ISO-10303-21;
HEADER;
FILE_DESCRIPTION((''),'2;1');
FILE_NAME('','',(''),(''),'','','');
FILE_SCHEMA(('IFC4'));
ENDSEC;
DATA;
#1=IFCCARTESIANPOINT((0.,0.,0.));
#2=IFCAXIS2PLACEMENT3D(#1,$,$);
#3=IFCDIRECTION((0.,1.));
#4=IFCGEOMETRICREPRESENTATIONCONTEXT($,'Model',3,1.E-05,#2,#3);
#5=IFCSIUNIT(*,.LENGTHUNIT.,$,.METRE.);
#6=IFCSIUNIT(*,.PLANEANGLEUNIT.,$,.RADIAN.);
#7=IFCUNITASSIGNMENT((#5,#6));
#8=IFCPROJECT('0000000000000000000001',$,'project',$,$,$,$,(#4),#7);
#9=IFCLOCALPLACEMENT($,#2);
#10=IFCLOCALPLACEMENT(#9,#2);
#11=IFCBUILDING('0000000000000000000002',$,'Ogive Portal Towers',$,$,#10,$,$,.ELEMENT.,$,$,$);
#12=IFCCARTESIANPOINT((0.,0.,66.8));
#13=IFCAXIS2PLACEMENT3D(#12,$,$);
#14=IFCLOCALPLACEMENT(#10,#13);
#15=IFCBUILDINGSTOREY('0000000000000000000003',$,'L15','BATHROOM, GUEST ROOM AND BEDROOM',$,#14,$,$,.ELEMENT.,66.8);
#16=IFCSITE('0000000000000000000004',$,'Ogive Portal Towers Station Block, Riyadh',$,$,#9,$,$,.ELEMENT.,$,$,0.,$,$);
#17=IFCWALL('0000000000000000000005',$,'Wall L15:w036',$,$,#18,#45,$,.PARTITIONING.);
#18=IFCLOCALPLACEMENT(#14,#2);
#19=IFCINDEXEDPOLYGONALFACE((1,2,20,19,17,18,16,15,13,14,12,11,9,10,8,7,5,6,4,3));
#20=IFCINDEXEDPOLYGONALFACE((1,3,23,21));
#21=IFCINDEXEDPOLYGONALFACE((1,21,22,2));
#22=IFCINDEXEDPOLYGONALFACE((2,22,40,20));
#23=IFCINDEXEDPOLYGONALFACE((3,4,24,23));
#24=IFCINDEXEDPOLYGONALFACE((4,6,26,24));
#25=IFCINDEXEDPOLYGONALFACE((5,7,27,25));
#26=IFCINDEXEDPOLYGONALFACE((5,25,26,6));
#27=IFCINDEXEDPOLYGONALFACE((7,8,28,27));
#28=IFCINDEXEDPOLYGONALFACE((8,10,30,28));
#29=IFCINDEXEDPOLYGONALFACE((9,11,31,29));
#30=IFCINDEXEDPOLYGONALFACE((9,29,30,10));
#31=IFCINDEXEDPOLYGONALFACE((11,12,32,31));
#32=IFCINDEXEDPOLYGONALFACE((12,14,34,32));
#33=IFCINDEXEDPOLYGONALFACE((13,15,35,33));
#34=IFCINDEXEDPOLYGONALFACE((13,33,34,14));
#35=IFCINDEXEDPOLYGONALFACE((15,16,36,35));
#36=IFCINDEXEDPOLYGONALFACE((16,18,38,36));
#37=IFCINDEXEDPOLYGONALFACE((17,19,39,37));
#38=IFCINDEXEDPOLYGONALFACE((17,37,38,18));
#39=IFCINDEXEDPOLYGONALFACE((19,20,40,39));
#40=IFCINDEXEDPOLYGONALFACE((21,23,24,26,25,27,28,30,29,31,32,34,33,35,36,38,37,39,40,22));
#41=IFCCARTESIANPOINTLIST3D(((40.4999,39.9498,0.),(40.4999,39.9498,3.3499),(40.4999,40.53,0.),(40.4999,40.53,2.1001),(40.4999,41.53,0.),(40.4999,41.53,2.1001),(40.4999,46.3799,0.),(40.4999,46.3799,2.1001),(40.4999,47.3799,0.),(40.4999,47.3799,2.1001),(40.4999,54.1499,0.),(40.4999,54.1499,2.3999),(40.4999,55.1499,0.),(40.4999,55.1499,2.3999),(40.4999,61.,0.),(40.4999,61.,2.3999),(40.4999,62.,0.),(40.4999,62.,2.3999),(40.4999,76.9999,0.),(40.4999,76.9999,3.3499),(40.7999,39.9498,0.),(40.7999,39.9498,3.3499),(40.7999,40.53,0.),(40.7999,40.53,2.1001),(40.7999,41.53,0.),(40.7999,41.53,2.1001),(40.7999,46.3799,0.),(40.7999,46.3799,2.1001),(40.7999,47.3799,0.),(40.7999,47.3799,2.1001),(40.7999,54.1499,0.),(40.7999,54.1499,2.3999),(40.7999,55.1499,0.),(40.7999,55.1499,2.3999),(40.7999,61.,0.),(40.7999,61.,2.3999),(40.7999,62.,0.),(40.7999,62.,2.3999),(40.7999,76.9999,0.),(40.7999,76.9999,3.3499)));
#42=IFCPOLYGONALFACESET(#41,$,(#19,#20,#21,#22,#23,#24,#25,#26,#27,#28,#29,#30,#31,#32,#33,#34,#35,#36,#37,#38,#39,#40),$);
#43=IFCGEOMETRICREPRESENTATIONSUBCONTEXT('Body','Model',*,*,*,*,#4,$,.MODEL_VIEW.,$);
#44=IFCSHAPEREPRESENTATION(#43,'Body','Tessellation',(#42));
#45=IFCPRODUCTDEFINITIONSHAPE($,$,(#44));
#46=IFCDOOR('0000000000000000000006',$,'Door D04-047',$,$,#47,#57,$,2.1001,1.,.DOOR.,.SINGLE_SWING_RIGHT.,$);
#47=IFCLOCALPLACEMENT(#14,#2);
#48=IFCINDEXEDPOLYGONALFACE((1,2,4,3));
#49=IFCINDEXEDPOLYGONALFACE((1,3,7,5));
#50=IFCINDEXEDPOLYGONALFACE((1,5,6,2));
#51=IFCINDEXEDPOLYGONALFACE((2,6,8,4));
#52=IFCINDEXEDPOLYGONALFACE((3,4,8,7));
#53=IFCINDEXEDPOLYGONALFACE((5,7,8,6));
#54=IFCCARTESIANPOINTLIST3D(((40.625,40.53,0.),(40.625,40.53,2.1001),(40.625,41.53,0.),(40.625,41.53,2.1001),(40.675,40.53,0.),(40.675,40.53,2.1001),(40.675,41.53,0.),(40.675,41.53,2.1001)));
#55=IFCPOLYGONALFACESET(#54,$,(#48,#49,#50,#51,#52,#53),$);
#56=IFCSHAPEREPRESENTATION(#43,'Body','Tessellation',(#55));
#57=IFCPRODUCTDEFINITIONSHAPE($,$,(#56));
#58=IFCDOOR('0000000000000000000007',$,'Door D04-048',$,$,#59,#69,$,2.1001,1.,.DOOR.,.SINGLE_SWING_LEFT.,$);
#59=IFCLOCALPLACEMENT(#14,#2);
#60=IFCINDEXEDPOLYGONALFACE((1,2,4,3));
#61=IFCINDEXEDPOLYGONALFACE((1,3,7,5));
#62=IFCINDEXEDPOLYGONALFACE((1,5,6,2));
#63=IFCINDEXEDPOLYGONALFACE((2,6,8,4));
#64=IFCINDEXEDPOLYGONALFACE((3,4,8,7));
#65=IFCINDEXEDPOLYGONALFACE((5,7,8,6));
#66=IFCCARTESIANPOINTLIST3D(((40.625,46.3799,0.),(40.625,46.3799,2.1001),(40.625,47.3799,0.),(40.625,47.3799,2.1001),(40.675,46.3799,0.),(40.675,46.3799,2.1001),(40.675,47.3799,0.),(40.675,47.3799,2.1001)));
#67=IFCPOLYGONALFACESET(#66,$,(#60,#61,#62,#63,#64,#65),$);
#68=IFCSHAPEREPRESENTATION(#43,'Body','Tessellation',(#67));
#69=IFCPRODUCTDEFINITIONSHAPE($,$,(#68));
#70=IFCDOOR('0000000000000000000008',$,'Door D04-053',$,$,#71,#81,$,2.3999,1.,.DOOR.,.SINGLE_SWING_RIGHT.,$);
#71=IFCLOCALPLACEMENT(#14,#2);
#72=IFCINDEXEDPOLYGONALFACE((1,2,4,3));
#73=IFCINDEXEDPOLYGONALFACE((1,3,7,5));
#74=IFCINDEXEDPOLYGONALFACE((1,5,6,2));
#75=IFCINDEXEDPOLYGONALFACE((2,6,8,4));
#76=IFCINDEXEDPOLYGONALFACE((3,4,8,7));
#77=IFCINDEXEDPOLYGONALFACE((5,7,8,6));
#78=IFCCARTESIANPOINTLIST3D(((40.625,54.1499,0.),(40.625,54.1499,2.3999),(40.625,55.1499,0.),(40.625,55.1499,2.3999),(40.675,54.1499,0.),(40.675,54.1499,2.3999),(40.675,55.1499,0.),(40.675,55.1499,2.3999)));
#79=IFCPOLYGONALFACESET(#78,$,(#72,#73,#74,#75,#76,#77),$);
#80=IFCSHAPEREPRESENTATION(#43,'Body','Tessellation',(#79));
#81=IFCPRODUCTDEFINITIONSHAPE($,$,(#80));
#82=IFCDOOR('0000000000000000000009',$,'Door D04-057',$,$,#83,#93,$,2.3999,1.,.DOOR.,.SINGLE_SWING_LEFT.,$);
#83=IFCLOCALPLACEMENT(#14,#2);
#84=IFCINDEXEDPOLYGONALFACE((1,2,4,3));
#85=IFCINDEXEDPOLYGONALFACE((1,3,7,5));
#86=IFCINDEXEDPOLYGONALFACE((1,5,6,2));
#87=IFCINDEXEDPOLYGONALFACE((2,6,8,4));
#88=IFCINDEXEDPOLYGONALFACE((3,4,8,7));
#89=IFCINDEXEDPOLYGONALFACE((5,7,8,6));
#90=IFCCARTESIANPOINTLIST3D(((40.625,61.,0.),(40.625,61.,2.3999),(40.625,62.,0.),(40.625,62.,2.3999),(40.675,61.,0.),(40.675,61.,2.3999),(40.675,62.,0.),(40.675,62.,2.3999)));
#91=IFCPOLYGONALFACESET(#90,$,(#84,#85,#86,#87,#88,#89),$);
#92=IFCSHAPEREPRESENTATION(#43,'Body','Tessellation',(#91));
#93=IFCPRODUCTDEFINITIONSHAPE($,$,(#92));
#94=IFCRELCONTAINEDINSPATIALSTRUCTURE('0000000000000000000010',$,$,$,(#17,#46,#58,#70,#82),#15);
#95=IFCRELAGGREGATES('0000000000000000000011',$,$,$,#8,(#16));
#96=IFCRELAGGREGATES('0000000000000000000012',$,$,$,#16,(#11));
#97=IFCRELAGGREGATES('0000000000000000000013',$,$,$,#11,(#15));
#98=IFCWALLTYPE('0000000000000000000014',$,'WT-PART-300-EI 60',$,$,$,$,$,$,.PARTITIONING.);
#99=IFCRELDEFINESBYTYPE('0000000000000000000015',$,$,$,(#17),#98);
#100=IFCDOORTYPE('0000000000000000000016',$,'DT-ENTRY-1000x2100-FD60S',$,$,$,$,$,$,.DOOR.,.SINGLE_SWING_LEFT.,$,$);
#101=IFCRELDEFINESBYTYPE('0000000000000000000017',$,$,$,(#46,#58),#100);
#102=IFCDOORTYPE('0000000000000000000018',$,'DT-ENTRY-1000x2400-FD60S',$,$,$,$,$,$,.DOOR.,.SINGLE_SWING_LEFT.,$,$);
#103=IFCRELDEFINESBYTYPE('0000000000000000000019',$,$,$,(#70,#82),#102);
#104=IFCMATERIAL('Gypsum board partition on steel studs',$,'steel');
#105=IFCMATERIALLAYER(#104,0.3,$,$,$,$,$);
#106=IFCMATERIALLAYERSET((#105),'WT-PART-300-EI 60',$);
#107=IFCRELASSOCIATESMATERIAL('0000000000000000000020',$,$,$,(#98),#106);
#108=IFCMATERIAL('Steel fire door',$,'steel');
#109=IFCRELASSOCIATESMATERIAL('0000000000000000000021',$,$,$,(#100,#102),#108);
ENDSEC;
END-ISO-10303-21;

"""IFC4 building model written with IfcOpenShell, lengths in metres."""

from ifc_helpers import new_model, si_unit, direction, frame, frame_2d, origin, place, context, subcontext, project, spatial, rectangle, extrude, material, layer, layer_set, type_object, element, fill, save


model = new_model("IFC4")

# Units and contexts
model_context = context("Model", 3, precision=1e-05, world=origin(), true_north=direction((0.0, 1.0)))
body_context = subcontext(model_context, "Body", "Model", "MODEL_VIEW")
ifc_project = project(units=[si_unit("LENGTHUNIT", "METRE"), si_unit("PLANEANGLEUNIT", "RADIAN")], contexts=[model_context])

# Site, building, storey
site_placement = place(None, origin())
site = spatial("IfcSite", under=ifc_project, at=site_placement, Name="Ogive Portal Towers Station Block, Riyadh", CompositionType="ELEMENT", RefElevation=0.0)
building_placement = place(site_placement, origin())
building = spatial("IfcBuilding", under=site, at=building_placement, Name="Ogive Portal Towers", CompositionType="ELEMENT")
storey_placement = place(building_placement, frame((0.0, 0.0, 66.8)))
storey = spatial("IfcBuildingStorey", under=building, at=storey_placement, Name="L15", Description="BATHROOM, GUEST ROOM AND BEDROOM", CompositionType="ELEMENT", Elevation=66.8)

# Shared definitions
ifc_material_1 = material(Name="Steel fire door", Category="steel")

# Shared definitions
ifc_material_2 = material(Name="Gypsum board partition on steel studs", Category="steel")
ifc_layer_1 = layer(ifc_material_2, 0.3)
ifc_layer_set_1 = layer_set([ifc_layer_1], Name="WT-PART-300-EI 60")
wall_type_1 = type_object("IfcWallType", Name="WT-PART-300-EI 60", PredefinedType="PARTITIONING", material=ifc_layer_set_1)

# Wall, openings, doors
wall_1_placement = place(storey_placement, frame((40.6499, 39.95, 0.0), z_axis=(0.0, 0.0, 1.0), x_axis=(0.0, 1.0, 0.0)))
wall_1 = element("IfcWall", 1, at=wall_1_placement, inside=storey, type_object=wall_type_1, Name="Wall L15:w036", PredefinedType="PARTITIONING", context=body_context, shape_type="SweptSolid", body=[
    extrude(rectangle(XDim=37.05, YDim=0.3, at=frame_2d((18.5249, 0.0))), origin(), (0.0, 0.0, 1.0), 3.3499),
])
opening_1_placement = place(wall_1_placement, frame((0.5801, 0.0, 0.0)))
opening_1 = element("IfcOpeningElement", 2, at=opening_1_placement, cuts=wall_1, PredefinedType="OPENING", context=body_context, shape_type="SweptSolid", body=[
    extrude(rectangle(XDim=1.0, YDim=2.1001, at=frame_2d((0.5, 1.05))), frame((0.0, 0.1602, 0.0), z_axis=(0.0, -1.0, 0.0), x_axis=(1.0, 0.0, 0.0)), (0.0, 0.0, 1.0), 0.3201),
])
opening_2_placement = place(wall_1_placement, frame((6.4299, 0.0, 0.0)))
opening_2 = element("IfcOpeningElement", 3, at=opening_2_placement, cuts=wall_1, PredefinedType="OPENING", context=body_context, shape_type="SweptSolid", body=[
    extrude(rectangle(XDim=1.0, YDim=2.1001, at=frame_2d((0.5, 1.05))), frame((0.0, 0.1602, 0.0), z_axis=(0.0, -1.0, 0.0), x_axis=(1.0, 0.0, 0.0)), (0.0, 0.0, 1.0), 0.3201),
])
opening_3_placement = place(wall_1_placement, frame((14.2, 0.0, 0.0)))
opening_3 = element("IfcOpeningElement", 4, at=opening_3_placement, cuts=wall_1, PredefinedType="OPENING", context=body_context, shape_type="SweptSolid", body=[
    extrude(rectangle(XDim=1.0, YDim=2.3999, at=frame_2d((0.5, 1.2))), frame((0.0, 0.1602, 0.0), z_axis=(0.0, -1.0, 0.0), x_axis=(1.0, 0.0, 0.0)), (0.0, 0.0, 1.0), 0.3201),
])
opening_4_placement = place(wall_1_placement, frame((21.05, 0.0, 0.0)))
opening_4 = element("IfcOpeningElement", 5, at=opening_4_placement, cuts=wall_1, PredefinedType="OPENING", context=body_context, shape_type="SweptSolid", body=[
    extrude(rectangle(XDim=1.0, YDim=2.3999, at=frame_2d((0.5, 1.2))), frame((0.0, 0.1602, 0.0), z_axis=(0.0, -1.0, 0.0), x_axis=(1.0, 0.0, 0.0)), (0.0, 0.0, 1.0), 0.3201),
])
door_type_1 = type_object("IfcDoorType", Name="DT-ENTRY-1000x2100-FD60S", OperationType="SINGLE_SWING_LEFT", PredefinedType="DOOR", material=ifc_material_1)
door_1_placement = place(opening_1_placement, origin())
door_1 = element("IfcDoor", 6, at=door_1_placement, inside=storey, type_object=door_type_1, Name="Door D04-047", OperationType="SINGLE_SWING_RIGHT", OverallHeight=2.1001, OverallWidth=1.0, PredefinedType="DOOR", context=body_context, shape_type="SweptSolid", body=[
    extrude(rectangle(XDim=1.0, YDim=2.1001, at=frame_2d((0.5, 1.05))), frame((0.0, 0.0249, 0.0), z_axis=(0.0, -1.0, 0.0), x_axis=(1.0, 0.0, 0.0)), (0.0, 0.0, 1.0), 0.05),
])
fill(opening_1, door_1)
door_2_placement = place(opening_2_placement, origin())
door_2 = element("IfcDoor", 7, at=door_2_placement, inside=storey, type_object=door_type_1, Name="Door D04-048", OperationType="SINGLE_SWING_LEFT", OverallHeight=2.1001, OverallWidth=1.0, PredefinedType="DOOR", context=body_context, shape_type="SweptSolid", body=[
    extrude(rectangle(XDim=1.0, YDim=2.1001, at=frame_2d((0.5, 1.05))), frame((0.0, 0.0249, 0.0), z_axis=(0.0, -1.0, 0.0), x_axis=(1.0, 0.0, 0.0)), (0.0, 0.0, 1.0), 0.05),
])
fill(opening_2, door_2)
door_type_2 = type_object("IfcDoorType", Name="DT-ENTRY-1000x2400-FD60S", OperationType="SINGLE_SWING_LEFT", PredefinedType="DOOR", material=ifc_material_1)
door_3_placement = place(opening_3_placement, origin())
door_3 = element("IfcDoor", 8, at=door_3_placement, inside=storey, type_object=door_type_2, Name="Door D04-053", OperationType="SINGLE_SWING_RIGHT", OverallHeight=2.3999, OverallWidth=1.0, PredefinedType="DOOR", context=body_context, shape_type="SweptSolid", body=[
    extrude(rectangle(XDim=1.0, YDim=2.3999, at=frame_2d((0.5, 1.2))), frame((0.0, 0.0249, 0.0), z_axis=(0.0, -1.0, 0.0), x_axis=(1.0, 0.0, 0.0)), (0.0, 0.0, 1.0), 0.05),
])
fill(opening_3, door_3)
door_4_placement = place(opening_4_placement, origin())
door_4 = element("IfcDoor", 9, at=door_4_placement, inside=storey, type_object=door_type_2, Name="Door D04-057", OperationType="SINGLE_SWING_LEFT", OverallHeight=2.3999, OverallWidth=1.0, PredefinedType="DOOR", context=body_context, shape_type="SweptSolid", body=[
    extrude(rectangle(XDim=1.0, YDim=2.3999, at=frame_2d((0.5, 1.2))), frame((0.0, 0.0249, 0.0), z_axis=(0.0, -1.0, 0.0), x_axis=(1.0, 0.0, 0.0)), (0.0, 0.0, 1.0), 0.05),
])
fill(opening_4, door_4)

save(model, "model.ifc")
